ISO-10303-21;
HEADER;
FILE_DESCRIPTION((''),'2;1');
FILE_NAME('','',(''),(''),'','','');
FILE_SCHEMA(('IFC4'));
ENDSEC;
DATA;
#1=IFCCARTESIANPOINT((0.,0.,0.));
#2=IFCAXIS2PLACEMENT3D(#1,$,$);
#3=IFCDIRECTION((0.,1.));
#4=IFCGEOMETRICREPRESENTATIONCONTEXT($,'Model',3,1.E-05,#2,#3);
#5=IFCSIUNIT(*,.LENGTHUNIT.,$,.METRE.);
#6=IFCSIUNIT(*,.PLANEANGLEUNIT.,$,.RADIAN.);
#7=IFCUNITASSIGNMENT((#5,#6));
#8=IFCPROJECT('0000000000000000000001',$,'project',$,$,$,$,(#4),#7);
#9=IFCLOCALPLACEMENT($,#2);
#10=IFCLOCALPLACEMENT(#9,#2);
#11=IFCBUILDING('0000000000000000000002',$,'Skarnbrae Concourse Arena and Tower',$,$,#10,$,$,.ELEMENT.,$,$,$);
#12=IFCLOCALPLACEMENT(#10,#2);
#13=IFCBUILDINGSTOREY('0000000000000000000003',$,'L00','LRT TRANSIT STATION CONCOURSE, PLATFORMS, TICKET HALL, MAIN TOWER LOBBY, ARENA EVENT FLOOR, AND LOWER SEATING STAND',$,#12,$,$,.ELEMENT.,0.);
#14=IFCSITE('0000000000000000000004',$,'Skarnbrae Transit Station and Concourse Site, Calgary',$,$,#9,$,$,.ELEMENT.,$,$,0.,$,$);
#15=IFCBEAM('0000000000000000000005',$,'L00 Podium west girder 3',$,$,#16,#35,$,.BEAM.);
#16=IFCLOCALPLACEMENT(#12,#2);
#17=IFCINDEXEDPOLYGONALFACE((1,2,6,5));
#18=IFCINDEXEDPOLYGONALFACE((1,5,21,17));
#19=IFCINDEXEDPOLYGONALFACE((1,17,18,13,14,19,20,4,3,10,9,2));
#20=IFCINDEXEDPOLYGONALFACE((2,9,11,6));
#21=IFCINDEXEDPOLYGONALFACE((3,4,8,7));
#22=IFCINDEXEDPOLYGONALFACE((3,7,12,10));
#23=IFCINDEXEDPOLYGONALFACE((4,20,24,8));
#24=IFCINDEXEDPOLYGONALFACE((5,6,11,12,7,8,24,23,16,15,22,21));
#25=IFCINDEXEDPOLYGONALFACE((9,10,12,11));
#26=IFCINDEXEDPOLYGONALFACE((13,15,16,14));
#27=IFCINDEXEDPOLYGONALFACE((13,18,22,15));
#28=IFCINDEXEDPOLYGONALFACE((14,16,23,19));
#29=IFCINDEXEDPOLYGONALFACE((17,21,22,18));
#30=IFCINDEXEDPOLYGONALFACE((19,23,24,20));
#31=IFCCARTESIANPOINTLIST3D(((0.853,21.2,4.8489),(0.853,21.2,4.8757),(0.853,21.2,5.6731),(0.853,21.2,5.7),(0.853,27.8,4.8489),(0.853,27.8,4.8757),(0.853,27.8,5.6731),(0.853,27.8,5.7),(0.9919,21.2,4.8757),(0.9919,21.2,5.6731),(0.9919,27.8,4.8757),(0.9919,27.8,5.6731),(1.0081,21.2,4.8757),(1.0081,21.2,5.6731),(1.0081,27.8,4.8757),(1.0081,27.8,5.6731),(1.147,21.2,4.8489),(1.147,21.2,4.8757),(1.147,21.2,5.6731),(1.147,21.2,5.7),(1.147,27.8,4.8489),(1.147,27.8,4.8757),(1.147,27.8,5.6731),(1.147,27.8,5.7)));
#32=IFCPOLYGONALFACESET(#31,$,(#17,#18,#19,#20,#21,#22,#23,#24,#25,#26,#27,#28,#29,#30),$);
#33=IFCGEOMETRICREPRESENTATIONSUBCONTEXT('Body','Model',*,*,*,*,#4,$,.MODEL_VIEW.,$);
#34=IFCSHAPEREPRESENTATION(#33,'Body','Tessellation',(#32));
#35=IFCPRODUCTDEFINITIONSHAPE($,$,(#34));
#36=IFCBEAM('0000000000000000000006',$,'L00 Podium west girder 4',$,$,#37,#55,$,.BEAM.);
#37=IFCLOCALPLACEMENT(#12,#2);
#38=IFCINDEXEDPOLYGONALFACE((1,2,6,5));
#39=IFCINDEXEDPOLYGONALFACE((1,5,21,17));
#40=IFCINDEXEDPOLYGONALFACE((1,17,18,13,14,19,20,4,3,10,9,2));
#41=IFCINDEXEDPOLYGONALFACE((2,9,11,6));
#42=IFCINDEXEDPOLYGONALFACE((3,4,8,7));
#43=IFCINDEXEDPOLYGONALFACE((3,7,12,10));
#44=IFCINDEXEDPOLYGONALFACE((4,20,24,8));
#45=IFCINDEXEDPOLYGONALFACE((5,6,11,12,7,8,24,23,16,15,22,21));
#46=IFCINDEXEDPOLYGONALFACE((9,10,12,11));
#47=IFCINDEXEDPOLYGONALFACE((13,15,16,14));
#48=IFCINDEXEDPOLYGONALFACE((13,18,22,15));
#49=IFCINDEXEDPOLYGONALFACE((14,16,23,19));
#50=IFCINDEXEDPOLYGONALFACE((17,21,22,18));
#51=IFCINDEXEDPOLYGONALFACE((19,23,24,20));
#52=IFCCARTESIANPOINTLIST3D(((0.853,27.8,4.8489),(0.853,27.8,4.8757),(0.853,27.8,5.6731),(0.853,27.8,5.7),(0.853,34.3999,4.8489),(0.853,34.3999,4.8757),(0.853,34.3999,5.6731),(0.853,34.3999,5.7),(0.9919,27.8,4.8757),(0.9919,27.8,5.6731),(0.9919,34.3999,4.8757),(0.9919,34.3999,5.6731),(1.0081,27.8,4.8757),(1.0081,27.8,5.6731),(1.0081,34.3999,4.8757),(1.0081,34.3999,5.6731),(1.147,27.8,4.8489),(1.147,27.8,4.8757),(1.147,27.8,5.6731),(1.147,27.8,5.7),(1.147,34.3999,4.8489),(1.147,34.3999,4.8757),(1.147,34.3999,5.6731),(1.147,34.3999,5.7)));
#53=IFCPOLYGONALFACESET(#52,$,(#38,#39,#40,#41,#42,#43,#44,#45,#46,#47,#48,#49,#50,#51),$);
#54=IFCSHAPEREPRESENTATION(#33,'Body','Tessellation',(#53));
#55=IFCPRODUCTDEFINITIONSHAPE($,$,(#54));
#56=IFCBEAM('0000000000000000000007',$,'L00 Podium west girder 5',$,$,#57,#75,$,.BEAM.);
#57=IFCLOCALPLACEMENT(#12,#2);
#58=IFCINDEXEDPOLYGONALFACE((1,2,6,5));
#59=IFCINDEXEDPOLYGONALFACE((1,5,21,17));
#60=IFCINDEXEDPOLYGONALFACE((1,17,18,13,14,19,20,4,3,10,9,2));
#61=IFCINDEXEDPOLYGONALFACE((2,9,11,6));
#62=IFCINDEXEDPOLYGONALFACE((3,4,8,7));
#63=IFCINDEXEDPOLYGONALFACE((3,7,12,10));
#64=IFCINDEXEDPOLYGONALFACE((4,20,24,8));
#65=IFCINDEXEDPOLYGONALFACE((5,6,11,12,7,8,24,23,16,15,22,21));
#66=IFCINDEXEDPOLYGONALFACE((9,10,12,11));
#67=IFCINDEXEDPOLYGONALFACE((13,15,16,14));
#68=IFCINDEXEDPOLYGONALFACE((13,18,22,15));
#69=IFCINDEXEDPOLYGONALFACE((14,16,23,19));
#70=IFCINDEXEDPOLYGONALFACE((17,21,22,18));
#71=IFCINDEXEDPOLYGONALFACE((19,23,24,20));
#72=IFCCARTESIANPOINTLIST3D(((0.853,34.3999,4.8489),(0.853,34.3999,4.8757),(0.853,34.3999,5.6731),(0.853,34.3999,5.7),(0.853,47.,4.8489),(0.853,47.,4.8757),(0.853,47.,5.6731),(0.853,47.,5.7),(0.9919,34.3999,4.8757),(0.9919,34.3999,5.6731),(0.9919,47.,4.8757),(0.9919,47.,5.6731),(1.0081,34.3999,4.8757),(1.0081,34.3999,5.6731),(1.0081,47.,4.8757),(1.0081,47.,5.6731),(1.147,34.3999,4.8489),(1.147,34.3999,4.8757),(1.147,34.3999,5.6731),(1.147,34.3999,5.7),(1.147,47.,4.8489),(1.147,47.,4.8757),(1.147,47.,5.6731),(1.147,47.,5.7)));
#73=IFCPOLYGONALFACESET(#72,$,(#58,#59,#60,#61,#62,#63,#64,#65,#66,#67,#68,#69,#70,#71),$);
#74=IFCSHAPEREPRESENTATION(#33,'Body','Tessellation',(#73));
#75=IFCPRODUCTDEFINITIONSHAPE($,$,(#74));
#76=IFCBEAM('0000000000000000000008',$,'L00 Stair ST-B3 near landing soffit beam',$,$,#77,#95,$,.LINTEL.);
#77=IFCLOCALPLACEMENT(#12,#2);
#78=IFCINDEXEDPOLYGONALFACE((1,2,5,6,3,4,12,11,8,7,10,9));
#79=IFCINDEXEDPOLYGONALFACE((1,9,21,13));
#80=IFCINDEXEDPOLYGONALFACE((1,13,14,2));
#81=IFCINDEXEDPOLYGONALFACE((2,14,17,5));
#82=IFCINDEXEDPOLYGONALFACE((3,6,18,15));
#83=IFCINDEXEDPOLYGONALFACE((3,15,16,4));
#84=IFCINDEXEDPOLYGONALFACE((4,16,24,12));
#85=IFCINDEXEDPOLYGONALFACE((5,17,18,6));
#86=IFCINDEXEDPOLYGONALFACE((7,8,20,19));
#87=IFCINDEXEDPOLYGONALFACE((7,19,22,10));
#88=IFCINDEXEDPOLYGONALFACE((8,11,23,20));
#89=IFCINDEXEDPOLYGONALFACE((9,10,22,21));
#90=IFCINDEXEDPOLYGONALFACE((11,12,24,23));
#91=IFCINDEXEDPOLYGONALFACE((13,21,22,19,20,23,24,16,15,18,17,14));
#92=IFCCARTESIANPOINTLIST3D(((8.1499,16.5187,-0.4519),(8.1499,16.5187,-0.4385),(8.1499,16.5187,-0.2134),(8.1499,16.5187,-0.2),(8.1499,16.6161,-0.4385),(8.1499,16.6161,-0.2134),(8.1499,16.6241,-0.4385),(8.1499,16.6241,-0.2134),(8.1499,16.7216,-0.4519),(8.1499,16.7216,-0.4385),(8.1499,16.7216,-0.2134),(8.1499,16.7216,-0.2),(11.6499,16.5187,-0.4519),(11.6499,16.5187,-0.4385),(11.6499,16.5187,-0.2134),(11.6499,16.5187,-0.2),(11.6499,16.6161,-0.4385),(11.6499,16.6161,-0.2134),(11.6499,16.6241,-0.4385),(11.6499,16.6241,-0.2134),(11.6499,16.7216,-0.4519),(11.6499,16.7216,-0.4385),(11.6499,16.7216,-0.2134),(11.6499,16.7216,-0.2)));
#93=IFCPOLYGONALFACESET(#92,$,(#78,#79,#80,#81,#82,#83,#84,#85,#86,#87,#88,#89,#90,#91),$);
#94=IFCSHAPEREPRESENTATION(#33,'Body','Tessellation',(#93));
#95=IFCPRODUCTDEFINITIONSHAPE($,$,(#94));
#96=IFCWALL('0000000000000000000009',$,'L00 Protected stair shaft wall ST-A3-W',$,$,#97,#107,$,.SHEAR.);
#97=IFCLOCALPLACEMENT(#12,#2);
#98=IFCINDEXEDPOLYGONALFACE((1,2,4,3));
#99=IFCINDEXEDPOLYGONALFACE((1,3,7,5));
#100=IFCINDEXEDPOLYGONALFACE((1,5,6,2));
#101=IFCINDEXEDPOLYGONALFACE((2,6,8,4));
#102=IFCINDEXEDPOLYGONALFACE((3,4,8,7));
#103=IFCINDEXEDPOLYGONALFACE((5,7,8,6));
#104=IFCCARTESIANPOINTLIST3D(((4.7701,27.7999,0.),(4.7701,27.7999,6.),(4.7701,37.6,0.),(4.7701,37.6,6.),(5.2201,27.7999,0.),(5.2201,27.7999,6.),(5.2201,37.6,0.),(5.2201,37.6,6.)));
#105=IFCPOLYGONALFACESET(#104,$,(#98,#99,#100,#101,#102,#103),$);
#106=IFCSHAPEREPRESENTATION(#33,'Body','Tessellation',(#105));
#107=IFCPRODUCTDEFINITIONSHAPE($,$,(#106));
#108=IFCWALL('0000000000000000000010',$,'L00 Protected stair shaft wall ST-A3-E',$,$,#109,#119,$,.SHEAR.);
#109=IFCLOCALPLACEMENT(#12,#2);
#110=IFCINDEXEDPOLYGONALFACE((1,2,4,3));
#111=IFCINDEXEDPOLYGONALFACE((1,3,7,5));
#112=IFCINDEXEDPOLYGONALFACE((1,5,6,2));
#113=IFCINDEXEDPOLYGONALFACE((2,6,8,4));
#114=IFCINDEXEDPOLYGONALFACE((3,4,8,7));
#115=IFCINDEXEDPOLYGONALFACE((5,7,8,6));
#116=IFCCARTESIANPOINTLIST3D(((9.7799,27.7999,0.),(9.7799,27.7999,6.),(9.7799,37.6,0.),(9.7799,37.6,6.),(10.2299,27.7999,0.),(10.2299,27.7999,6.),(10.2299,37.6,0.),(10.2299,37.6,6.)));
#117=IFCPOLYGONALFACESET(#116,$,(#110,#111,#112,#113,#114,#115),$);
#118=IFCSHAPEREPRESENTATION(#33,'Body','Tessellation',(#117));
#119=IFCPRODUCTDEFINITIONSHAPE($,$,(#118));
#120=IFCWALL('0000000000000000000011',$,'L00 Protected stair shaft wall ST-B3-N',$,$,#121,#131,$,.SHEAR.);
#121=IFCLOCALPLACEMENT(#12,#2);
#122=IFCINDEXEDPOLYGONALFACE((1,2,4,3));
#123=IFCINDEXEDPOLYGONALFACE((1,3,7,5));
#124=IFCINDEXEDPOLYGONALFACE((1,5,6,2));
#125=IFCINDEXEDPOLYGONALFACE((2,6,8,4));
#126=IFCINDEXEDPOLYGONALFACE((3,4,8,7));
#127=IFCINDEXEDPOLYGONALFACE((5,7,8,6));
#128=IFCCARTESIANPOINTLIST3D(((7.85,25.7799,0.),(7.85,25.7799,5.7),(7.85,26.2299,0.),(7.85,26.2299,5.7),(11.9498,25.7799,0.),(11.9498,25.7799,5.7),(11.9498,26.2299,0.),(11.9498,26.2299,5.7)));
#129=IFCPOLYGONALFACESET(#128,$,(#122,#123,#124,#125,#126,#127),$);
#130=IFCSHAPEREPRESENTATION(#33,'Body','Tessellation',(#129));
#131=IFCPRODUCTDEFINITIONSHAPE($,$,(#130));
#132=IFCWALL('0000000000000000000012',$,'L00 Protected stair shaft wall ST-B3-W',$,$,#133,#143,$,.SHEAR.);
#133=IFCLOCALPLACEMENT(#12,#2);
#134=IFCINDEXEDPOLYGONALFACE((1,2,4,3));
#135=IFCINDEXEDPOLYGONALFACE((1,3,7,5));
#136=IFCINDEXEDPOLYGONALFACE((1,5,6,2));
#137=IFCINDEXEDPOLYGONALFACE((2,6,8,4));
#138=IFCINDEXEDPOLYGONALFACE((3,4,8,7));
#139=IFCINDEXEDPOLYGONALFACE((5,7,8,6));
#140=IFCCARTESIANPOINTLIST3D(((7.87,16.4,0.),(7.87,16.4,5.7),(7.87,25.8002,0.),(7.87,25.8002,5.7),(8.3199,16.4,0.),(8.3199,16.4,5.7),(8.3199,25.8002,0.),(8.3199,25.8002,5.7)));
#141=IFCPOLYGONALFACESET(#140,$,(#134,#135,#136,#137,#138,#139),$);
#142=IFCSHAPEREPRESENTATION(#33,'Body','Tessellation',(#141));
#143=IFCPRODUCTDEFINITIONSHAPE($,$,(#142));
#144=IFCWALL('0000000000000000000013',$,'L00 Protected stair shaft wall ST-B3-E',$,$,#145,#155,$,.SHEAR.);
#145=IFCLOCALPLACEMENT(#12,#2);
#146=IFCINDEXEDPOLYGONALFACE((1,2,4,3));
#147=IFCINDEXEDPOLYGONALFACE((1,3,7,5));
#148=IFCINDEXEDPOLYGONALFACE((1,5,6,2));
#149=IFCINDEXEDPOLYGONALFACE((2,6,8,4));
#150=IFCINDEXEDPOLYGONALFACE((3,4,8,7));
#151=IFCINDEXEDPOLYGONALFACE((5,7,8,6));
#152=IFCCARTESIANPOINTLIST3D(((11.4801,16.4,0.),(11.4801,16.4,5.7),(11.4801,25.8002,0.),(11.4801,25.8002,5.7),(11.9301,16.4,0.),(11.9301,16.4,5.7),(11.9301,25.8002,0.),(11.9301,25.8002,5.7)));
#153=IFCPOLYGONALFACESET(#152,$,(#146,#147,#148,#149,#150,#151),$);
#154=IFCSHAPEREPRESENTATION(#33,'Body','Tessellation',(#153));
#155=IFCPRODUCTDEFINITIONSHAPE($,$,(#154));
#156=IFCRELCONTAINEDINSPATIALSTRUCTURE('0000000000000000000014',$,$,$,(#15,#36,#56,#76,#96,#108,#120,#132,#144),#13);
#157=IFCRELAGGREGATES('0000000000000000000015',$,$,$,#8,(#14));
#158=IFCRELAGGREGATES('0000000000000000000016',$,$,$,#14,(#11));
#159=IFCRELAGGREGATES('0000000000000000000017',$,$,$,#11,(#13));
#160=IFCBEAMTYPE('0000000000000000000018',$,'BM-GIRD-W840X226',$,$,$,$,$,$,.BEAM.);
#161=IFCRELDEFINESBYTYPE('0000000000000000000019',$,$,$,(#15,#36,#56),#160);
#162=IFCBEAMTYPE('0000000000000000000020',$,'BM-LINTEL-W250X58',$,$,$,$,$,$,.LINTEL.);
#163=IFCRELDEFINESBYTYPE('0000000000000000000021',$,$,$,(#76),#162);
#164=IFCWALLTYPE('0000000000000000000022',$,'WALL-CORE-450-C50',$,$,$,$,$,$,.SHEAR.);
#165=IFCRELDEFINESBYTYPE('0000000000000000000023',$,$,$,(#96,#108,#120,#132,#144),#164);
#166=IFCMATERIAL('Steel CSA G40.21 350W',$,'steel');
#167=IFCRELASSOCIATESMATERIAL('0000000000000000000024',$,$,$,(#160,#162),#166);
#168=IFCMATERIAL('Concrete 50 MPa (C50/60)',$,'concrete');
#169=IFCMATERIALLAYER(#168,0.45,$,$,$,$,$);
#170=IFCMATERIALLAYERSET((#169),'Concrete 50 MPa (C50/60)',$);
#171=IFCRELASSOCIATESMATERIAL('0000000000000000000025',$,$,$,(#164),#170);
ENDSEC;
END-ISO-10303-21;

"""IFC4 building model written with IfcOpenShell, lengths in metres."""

from ifc_helpers import new_model, si_unit, direction, frame, frame_2d, origin, origin_2d, place, context, subcontext, project, spatial, rectangle, i_section, extrude, source, transform, mapped, material, layer, layer_set, material_profile, profile_set, type_object, element, save


model = new_model("IFC4")

# Units and contexts
model_context = context("Model", 3, precision=1e-05, world=origin(), true_north=direction((0.0, 1.0)))
body_context = subcontext(model_context, "Body", "Model", "MODEL_VIEW")
ifc_project = project(units=[si_unit("LENGTHUNIT", "METRE"), si_unit("PLANEANGLEUNIT", "RADIAN")], contexts=[model_context])

# Site, building, storey
site_placement = place(None, origin())
site = spatial("IfcSite", under=ifc_project, at=site_placement, Name="Skarnbrae Transit Station and Concourse Site, Calgary", CompositionType="ELEMENT", RefElevation=0.0)
building_placement = place(site_placement, origin())
building = spatial("IfcBuilding", under=site, at=building_placement, Name="Skarnbrae Concourse Arena and Tower", CompositionType="ELEMENT")
storey_placement = place(building_placement, origin())
storey = spatial("IfcBuildingStorey", under=building, at=storey_placement, Name="L00", Description="LRT TRANSIT STATION CONCOURSE, PLATFORMS, TICKET HALL, MAIN TOWER LOBBY, ARENA EVENT FLOOR, AND LOWER SEATING STAND", CompositionType="ELEMENT", Elevation=0.0)

# Shared definitions
ifc_material_1 = material(Name="Steel CSA G40.21 350W", Category="steel")

# Beams
ifc_material_profile_1 = material_profile(ifc_material_1, i_section(OverallWidth=0.2939, OverallDepth=0.8511, WebThickness=0.0161, FlangeThickness=0.0269, at=origin_2d()), Name="W840X226")
ifc_profile_set_1 = profile_set([ifc_material_profile_1], Name="Steel CSA G40.21 350W")
beam_type_1 = type_object("IfcBeamType", Name="BM-GIRD-W840X226", PredefinedType="BEAM", material=ifc_profile_set_1)
shared_shape_1 = source(origin(), body_context, "Body", "SweptSolid", [
    extrude(i_section(OverallWidth=0.2939, OverallDepth=0.8511, WebThickness=0.0161, FlangeThickness=0.0269, at=origin_2d()), origin(), (0.0, 0.0, 1.0), 6.6001),
])
beam_1_placement = place(storey_placement, frame((1.0, 21.2, 5.2744), z_axis=(0.0, 1.0, 0.0), x_axis=(-1.0, 0.0, 0.0)))
element("IfcBeam", 1, at=beam_1_placement, inside=storey, type_object=beam_type_1, Name="L00 Podium west girder 3", PredefinedType="BEAM", context=body_context, shape_type="MappedRepresentation", body=[
    mapped(shared_shape_1, transform((0.0, 0.0, 0.0))),
])
shared_shape_2 = source(origin(), body_context, "Body", "SweptSolid", [
    extrude(i_section(OverallWidth=0.2939, OverallDepth=0.8511, WebThickness=0.0161, FlangeThickness=0.0269, at=origin_2d()), origin(), (0.0, 0.0, 1.0), 6.5999),
])
beam_2_placement = place(storey_placement, frame((1.0, 27.8, 5.2744), z_axis=(0.0, 1.0, 0.0), x_axis=(-1.0, 0.0, 0.0)))
element("IfcBeam", 2, at=beam_2_placement, inside=storey, type_object=beam_type_1, Name="L00 Podium west girder 4", PredefinedType="BEAM", context=body_context, shape_type="MappedRepresentation", body=[
    mapped(shared_shape_2, transform((0.0, 0.0, 0.0))),
])
shared_shape_3 = source(origin(), body_context, "Body", "SweptSolid", [
    extrude(i_section(OverallWidth=0.2939, OverallDepth=0.8511, WebThickness=0.0161, FlangeThickness=0.0269, at=origin_2d()), origin(), (0.0, 0.0, 1.0), 12.6001),
])
beam_3_placement = place(storey_placement, frame((1.0, 34.3999, 5.2744), z_axis=(0.0, 1.0, 0.0), x_axis=(-1.0, 0.0, 0.0)))
element("IfcBeam", 3, at=beam_3_placement, inside=storey, type_object=beam_type_1, Name="L00 Podium west girder 5", PredefinedType="BEAM", context=body_context, shape_type="MappedRepresentation", body=[
    mapped(shared_shape_3, transform((0.0, 0.0, 0.0))),
])
ifc_material_profile_2 = material_profile(ifc_material_1, i_section(OverallWidth=0.2029, OverallDepth=0.252, WebThickness=0.0081, FlangeThickness=0.0134, at=origin_2d()), Name="W250X58")
ifc_profile_set_2 = profile_set([ifc_material_profile_2], Name="Steel CSA G40.21 350W")
beam_type_2 = type_object("IfcBeamType", Name="BM-LINTEL-W250X58", PredefinedType="LINTEL", material=ifc_profile_set_2)
shared_shape_4 = source(origin(), body_context, "Body", "SweptSolid", [
    extrude(i_section(OverallWidth=0.2029, OverallDepth=0.252, WebThickness=0.0081, FlangeThickness=0.0134, at=origin_2d()), origin(), (0.0, 0.0, 1.0), 3.5),
])
beam_4_placement = place(storey_placement, frame((11.6499, 16.6201, -0.3259), z_axis=(-1.0, 0.0, 0.0), x_axis=(0.0, -1.0, 0.0)))
element("IfcBeam", 4, at=beam_4_placement, inside=storey, type_object=beam_type_2, Name="L00 Stair ST-B3 near landing soffit beam", PredefinedType="LINTEL", context=body_context, shape_type="MappedRepresentation", body=[
    mapped(shared_shape_4, transform((0.0, 0.0, 0.0))),
])

# Walls
ifc_material_2 = material(Name="Concrete 50 MPa (C50/60)", Category="concrete")
ifc_layer = layer(ifc_material_2, 0.45)
ifc_layer_set = layer_set([ifc_layer], Name="Concrete 50 MPa (C50/60)")
wall_type = type_object("IfcWallType", Name="WALL-CORE-450-C50", PredefinedType="SHEAR", material=ifc_layer_set)
shared_shape_5 = source(origin(), body_context, "Body", "SweptSolid", [
    extrude(rectangle(XDim=9.8, YDim=0.45, at=frame_2d((4.8999, 0.0))), origin(), (0.0, 0.0, 1.0), 6.0),
])
for number, where, z_axis, x_axis, name in (
    (5, (4.9951, 27.8, 0.0), (0.0, 0.0, 1.0), (0.0, 1.0, 0.0), "L00 Protected stair shaft wall ST-A3-W"),
    (6, (10.0049, 27.8, 0.0), (0.0, 0.0, 1.0), (0.0, 1.0, 0.0), "L00 Protected stair shaft wall ST-A3-E"),
):
    element("IfcWall", number, at=place(storey_placement, frame(where, z_axis=z_axis, x_axis=x_axis)), inside=storey, type_object=wall_type, Name=name, PredefinedType="SHEAR", context=body_context, shape_type="MappedRepresentation", body=[
        mapped(shared_shape_5, transform((0.0, 0.0, 0.0))),
    ])

# Shared definitions
shared_shape_6 = source(origin(), body_context, "Body", "SweptSolid", [
    extrude(rectangle(XDim=4.0999, YDim=0.45, at=frame_2d((2.0498, 0.0))), origin(), (0.0, 0.0, 1.0), 5.7),
])

# Walls
wall_1_placement = place(storey_placement, frame((7.8501, 26.0049, 0.0), z_axis=(0.0, 0.0, 1.0), x_axis=(1.0, 0.0, 0.0)))
element("IfcWall", 7, at=wall_1_placement, inside=storey, type_object=wall_type, Name="L00 Protected stair shaft wall ST-B3-N", PredefinedType="SHEAR", context=body_context, shape_type="MappedRepresentation", body=[
    mapped(shared_shape_6, transform((0.0, 0.0, 0.0))),
])
shared_shape_7 = source(origin(), body_context, "Body", "SweptSolid", [
    extrude(rectangle(XDim=9.4001, YDim=0.45, at=frame_2d((4.7002, 0.0))), origin(), (0.0, 0.0, 1.0), 5.7),
])
for number, where, z_axis, x_axis, name in (
    (8, (8.095, 16.3999, 0.0), (0.0, 0.0, 1.0), (0.0, 1.0, 0.0), "L00 Protected stair shaft wall ST-B3-W"),
    (9, (11.7051, 16.3999, 0.0), (0.0, 0.0, 1.0), (0.0, 1.0, 0.0), "L00 Protected stair shaft wall ST-B3-E"),
):
    element("IfcWall", number, at=place(storey_placement, frame(where, z_axis=z_axis, x_axis=x_axis)), inside=storey, type_object=wall_type, Name=name, PredefinedType="SHEAR", context=body_context, shape_type="MappedRepresentation", body=[
        mapped(shared_shape_7, transform((0.0, 0.0, 0.0))),
    ])

save(model, "model.ifc")
